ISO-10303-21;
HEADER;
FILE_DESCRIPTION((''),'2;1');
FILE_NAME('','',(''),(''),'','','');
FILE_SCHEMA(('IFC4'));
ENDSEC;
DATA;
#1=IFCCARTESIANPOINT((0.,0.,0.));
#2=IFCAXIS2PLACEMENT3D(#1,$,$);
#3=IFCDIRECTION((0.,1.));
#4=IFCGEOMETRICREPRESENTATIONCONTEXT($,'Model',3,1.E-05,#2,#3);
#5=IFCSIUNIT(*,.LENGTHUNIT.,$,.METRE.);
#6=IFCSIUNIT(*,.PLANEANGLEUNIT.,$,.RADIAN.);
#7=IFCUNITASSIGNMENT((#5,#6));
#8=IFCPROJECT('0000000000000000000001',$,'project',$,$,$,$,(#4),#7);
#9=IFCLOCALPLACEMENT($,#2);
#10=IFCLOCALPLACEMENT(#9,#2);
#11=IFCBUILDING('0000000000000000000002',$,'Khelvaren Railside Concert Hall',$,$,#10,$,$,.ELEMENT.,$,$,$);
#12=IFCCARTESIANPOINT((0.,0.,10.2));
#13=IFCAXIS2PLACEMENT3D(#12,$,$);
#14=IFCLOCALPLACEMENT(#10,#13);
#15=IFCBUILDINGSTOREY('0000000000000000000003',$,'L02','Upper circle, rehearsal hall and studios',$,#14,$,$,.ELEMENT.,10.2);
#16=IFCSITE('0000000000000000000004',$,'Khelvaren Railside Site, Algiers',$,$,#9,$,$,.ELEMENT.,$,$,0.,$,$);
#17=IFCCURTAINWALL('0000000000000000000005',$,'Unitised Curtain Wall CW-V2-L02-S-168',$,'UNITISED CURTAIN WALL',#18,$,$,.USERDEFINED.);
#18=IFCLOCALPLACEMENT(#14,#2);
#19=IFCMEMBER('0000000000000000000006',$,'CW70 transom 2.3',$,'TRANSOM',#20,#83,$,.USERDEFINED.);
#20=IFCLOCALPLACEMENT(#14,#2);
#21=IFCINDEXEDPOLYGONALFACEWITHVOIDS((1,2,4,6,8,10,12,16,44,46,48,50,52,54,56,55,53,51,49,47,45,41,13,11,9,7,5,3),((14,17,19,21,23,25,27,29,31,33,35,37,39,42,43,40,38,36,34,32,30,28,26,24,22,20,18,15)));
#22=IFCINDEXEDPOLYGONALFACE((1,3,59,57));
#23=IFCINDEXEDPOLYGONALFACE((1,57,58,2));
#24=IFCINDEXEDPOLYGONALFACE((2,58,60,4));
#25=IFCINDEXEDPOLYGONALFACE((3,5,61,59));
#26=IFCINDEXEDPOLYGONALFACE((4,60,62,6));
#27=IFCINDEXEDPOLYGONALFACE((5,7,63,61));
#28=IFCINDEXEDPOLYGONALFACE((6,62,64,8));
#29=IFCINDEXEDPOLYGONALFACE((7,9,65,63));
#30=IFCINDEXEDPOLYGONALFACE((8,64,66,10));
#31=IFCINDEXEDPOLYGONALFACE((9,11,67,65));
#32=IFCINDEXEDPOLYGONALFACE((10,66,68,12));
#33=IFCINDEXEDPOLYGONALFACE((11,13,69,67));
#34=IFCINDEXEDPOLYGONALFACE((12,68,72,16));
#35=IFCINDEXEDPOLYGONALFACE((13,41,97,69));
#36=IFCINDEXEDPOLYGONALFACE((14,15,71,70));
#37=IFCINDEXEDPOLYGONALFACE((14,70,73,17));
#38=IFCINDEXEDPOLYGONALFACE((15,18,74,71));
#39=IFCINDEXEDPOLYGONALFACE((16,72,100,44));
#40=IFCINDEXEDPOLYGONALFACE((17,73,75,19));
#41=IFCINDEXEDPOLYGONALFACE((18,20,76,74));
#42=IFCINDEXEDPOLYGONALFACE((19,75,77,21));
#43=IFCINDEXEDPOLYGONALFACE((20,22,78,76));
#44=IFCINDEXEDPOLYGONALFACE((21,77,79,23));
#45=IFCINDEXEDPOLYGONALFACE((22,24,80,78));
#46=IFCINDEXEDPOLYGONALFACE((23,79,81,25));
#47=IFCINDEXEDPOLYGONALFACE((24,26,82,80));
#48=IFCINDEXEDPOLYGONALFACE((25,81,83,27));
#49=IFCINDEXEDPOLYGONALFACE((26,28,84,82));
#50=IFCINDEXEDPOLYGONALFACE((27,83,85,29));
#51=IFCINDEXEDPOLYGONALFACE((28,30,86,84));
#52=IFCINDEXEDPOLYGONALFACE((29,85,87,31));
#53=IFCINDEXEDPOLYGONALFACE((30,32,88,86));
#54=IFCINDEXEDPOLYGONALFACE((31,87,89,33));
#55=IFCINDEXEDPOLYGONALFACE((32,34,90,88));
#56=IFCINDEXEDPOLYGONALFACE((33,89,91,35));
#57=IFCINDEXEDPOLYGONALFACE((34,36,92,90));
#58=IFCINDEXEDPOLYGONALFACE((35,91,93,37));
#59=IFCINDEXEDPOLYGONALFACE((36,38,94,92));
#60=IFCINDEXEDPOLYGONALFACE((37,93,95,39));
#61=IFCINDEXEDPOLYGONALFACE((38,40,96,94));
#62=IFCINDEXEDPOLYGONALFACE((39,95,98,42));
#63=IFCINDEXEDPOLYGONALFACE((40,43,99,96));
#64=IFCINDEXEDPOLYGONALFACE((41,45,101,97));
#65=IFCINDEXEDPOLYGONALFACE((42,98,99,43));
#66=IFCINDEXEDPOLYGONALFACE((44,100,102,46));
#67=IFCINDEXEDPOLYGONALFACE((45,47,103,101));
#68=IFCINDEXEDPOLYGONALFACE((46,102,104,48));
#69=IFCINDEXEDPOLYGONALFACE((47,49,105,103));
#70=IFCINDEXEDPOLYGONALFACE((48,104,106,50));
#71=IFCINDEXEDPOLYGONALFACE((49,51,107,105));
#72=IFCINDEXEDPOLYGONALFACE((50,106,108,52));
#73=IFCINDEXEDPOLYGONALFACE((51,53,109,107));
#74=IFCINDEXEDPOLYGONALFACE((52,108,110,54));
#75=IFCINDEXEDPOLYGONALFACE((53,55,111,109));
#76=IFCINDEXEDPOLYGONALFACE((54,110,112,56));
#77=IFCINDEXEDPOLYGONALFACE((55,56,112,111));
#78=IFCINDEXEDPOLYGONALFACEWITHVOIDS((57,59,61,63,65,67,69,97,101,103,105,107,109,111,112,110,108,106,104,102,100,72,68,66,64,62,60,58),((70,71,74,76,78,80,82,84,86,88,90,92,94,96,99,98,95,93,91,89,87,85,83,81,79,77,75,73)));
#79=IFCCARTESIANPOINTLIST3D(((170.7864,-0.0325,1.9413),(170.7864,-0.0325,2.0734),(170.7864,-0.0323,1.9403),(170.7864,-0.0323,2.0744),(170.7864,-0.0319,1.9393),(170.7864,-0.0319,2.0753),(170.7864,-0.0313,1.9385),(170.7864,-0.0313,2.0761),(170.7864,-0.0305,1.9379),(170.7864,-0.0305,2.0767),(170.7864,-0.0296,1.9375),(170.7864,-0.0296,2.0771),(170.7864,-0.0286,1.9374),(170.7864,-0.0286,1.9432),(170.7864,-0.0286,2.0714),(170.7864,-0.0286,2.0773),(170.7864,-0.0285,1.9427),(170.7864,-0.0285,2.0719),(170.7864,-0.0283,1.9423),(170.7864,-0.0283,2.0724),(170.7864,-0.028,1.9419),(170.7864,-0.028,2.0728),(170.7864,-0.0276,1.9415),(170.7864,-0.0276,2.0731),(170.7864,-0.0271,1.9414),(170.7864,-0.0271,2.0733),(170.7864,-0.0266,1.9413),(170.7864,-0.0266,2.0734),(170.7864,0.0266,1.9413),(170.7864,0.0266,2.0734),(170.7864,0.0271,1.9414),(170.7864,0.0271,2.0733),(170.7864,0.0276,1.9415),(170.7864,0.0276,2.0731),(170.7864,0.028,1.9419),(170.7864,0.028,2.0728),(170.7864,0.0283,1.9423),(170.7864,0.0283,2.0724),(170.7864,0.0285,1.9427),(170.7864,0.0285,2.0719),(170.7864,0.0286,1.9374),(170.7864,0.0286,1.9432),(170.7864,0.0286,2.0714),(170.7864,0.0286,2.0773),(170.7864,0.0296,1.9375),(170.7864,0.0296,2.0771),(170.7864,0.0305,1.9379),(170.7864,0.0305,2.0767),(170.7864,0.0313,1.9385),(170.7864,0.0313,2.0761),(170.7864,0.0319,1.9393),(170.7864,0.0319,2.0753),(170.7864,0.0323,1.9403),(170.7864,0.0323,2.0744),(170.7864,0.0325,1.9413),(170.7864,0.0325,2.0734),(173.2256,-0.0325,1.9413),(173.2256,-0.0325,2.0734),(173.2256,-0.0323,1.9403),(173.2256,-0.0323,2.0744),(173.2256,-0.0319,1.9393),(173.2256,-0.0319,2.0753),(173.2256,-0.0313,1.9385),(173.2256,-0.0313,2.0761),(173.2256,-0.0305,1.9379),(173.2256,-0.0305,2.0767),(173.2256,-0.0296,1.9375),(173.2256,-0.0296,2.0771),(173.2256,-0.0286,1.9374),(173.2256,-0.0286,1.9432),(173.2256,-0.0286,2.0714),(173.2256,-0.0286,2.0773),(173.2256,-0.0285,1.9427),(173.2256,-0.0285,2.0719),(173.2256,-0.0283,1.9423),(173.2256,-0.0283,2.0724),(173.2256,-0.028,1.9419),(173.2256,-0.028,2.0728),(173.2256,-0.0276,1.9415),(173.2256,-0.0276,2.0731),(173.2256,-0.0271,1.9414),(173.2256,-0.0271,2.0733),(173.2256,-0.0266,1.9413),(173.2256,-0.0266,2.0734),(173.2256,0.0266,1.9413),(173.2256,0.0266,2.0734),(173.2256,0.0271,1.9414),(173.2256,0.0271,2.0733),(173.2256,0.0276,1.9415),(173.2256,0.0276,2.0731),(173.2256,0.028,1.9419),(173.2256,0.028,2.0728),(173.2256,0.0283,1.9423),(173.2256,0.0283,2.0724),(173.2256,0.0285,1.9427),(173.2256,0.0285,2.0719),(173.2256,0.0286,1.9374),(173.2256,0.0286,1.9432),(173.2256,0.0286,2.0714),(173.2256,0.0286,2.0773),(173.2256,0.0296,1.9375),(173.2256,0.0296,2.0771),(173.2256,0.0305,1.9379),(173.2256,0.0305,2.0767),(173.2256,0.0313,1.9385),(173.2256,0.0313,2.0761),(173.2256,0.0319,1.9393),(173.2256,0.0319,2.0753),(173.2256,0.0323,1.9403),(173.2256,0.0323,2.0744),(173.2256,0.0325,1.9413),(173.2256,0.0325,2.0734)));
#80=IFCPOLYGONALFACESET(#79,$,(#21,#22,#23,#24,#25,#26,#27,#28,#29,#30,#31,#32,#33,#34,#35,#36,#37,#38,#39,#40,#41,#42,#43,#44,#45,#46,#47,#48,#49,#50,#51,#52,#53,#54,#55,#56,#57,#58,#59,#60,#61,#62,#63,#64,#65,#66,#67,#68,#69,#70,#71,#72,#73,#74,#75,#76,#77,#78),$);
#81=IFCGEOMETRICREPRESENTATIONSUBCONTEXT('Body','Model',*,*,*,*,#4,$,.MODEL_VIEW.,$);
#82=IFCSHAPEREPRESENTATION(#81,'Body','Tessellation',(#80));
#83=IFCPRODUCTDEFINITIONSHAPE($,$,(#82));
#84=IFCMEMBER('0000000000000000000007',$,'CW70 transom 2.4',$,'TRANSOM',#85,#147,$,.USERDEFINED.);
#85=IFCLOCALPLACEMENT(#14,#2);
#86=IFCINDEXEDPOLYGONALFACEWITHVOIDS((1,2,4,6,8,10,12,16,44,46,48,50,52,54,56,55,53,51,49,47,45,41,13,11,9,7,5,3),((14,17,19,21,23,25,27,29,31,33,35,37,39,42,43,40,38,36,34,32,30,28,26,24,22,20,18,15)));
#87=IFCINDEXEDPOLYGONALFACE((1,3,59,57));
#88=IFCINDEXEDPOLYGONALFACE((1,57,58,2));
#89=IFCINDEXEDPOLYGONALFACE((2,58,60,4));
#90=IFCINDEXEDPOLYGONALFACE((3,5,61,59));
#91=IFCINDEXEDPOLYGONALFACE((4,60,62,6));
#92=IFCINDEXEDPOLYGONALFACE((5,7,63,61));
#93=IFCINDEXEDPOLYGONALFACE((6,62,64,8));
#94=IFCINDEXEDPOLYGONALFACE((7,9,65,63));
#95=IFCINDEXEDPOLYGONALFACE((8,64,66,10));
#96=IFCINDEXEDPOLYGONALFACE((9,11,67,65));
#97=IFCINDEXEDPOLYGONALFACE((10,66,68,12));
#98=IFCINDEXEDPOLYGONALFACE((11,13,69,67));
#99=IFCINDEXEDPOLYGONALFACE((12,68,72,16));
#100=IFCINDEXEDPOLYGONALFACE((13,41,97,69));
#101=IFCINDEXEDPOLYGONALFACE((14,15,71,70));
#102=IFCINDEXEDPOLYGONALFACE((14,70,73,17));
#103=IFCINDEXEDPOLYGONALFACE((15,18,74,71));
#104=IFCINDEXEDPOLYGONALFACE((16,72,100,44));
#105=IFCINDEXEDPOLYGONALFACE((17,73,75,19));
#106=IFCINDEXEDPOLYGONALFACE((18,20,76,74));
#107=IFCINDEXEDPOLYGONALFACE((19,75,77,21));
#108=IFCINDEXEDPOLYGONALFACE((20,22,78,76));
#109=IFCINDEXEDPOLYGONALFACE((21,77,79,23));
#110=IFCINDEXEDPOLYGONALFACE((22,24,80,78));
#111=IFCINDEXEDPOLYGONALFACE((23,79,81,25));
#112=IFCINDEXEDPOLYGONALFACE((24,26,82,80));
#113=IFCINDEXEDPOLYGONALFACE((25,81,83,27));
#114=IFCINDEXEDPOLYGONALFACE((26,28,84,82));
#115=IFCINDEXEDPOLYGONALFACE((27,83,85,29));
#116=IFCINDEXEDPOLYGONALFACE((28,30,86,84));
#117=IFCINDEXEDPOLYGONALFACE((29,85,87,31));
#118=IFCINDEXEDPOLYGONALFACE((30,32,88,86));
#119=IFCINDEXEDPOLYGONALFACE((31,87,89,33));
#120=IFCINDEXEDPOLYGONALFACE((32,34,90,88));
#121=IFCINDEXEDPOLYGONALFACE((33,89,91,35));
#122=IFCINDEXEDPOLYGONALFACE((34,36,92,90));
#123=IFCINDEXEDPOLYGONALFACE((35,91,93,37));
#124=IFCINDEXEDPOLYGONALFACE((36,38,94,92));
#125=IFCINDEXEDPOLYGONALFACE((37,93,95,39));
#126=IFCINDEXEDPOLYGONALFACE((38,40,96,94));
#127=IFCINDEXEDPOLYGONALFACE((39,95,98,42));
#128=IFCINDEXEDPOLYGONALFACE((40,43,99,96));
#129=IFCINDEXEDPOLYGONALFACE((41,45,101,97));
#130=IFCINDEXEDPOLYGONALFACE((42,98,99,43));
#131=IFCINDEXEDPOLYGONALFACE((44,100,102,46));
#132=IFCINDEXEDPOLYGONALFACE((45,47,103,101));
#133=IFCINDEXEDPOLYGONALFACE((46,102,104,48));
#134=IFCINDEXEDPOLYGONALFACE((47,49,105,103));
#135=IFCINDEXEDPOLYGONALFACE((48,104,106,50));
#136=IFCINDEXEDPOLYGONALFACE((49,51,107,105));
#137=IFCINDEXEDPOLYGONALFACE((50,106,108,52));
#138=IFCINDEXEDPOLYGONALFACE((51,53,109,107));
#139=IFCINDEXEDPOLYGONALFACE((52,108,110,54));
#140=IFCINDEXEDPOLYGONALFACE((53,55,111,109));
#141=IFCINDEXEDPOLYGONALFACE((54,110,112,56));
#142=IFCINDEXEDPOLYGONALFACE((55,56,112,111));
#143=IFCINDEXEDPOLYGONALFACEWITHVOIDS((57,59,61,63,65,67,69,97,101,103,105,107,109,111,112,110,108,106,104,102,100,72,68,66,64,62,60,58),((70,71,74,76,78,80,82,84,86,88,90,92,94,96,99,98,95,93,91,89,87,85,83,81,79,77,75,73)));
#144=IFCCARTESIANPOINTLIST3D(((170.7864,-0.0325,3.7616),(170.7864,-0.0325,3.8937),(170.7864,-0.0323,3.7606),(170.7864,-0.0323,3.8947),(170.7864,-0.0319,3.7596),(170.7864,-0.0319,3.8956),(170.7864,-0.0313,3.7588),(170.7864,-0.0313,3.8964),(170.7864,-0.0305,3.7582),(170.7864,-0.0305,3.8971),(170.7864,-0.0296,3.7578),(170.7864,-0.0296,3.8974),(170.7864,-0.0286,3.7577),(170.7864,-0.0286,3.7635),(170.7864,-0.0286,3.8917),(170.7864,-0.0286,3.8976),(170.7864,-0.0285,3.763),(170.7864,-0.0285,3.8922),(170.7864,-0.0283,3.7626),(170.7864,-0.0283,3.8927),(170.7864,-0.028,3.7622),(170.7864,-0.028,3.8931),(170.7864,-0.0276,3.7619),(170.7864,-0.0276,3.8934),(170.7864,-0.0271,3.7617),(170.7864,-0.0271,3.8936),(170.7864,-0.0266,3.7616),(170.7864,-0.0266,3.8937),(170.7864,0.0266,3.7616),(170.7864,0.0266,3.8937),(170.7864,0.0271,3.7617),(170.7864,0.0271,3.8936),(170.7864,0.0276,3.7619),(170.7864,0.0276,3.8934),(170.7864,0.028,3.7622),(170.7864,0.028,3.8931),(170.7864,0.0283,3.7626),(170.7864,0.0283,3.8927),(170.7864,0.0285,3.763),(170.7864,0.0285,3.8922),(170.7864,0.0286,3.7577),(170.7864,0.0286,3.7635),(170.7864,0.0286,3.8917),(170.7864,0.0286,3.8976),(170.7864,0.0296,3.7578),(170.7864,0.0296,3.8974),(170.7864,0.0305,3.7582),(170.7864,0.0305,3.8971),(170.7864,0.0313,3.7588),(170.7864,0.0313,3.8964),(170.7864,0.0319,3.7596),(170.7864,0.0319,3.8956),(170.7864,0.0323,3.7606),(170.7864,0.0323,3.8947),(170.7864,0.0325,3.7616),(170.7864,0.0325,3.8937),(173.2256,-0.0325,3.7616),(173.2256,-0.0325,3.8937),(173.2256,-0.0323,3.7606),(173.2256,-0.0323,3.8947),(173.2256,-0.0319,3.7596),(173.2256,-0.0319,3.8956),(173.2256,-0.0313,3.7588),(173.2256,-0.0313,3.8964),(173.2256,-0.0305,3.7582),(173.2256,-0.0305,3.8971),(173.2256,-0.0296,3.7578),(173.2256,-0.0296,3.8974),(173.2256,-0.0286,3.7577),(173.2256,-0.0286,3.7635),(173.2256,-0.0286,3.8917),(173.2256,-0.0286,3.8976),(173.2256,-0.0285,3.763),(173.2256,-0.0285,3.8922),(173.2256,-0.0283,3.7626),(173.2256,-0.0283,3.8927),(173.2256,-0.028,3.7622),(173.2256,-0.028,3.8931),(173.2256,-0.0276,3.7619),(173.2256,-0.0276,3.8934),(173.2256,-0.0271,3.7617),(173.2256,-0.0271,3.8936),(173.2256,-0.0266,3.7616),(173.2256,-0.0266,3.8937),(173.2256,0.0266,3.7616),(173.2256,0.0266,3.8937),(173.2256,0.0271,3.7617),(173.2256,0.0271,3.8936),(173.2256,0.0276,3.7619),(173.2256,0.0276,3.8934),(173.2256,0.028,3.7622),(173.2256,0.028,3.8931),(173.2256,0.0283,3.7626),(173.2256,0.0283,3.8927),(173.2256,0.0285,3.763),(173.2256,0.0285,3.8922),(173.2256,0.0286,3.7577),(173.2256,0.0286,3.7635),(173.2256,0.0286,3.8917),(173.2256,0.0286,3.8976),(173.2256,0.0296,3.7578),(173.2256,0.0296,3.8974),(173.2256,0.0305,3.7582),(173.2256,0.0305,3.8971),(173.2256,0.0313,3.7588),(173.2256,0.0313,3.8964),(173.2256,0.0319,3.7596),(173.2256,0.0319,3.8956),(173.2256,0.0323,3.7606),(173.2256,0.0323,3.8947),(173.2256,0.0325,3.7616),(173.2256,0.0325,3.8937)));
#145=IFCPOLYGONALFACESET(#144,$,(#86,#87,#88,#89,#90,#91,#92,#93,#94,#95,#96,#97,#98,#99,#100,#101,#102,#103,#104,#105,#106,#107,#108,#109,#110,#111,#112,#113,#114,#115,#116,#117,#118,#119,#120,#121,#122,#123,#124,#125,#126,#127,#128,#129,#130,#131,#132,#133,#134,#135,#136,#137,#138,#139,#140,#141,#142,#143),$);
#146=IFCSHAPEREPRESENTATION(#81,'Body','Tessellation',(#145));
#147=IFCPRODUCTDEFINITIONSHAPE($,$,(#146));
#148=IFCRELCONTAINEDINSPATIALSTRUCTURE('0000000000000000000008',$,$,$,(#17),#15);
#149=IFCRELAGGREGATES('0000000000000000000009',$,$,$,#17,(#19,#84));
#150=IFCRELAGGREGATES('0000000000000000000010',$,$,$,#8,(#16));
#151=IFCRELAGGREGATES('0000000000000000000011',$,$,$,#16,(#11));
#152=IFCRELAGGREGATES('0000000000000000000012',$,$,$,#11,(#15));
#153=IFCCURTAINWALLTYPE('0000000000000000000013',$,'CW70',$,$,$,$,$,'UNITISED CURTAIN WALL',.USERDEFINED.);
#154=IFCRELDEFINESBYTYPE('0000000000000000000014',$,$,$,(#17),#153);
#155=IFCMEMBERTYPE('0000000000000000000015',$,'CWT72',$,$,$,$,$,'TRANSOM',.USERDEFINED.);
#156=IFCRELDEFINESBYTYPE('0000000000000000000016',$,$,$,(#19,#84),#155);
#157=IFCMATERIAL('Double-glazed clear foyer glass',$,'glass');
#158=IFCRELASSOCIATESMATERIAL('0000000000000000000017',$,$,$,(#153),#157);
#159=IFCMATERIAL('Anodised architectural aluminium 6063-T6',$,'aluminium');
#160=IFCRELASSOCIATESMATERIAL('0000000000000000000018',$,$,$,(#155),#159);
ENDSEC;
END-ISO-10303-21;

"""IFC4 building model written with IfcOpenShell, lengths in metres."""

from ifc_helpers import new_model, si_unit, direction, frame, origin, origin_2d, place, context, subcontext, project, spatial, hollow_rectangle, extrude, material, material_profile, profile_set, type_object, element, aggregate, save


model = new_model("IFC4")

# Units and contexts
model_context = context("Model", 3, precision=1e-05, world=origin(), true_north=direction((0.0, 1.0)))
body_context = subcontext(model_context, "Body", "Model", "MODEL_VIEW")
ifc_project = project(units=[si_unit("LENGTHUNIT", "METRE"), si_unit("PLANEANGLEUNIT", "RADIAN")], contexts=[model_context])

# Site, building, storey
site_placement = place(None, origin())
site = spatial("IfcSite", under=ifc_project, at=site_placement, Name="Khelvaren Railside Site, Algiers", CompositionType="ELEMENT", RefElevation=0.0)
building_placement = place(site_placement, origin())
building = spatial("IfcBuilding", under=site, at=building_placement, Name="Khelvaren Railside Concert Hall", CompositionType="ELEMENT")
storey_placement = place(building_placement, frame((0.0, 0.0, 10.2)))
storey = spatial("IfcBuildingStorey", under=building, at=storey_placement, Name="L02", Description="Upper circle, rehearsal hall and studios", CompositionType="ELEMENT", Elevation=10.2)

# Shared definitions
ifc_material_1 = material(Name="Double-glazed clear foyer glass", Category="glass")
ifc_material_2 = material(Name="Anodised architectural aluminium 6063-T6", Category="aluminium")

# Curtain wall
curtain_wall_type_1 = type_object("IfcCurtainWallType", Name="CW70", ElementType="UNITISED CURTAIN WALL", PredefinedType="USERDEFINED", material=ifc_material_1)
curtain_wall_1_placement = place(storey_placement, origin())
curtain_wall_1 = element("IfcCurtainWall", 1, at=curtain_wall_1_placement, inside=storey, type_object=curtain_wall_type_1, Name="Unitised Curtain Wall CW-V2-L02-S-168", ObjectType="UNITISED CURTAIN WALL", PredefinedType="USERDEFINED")

# Members
ifc_material_profile_1 = material_profile(ifc_material_2, hollow_rectangle(XDim=0.0649, YDim=0.1399, WallThickness=0.0039, InnerFilletRadius=0.002, OuterFilletRadius=0.0039, at=origin_2d()), Name="CWT 65x140x4")
ifc_profile_set_1 = profile_set([ifc_material_profile_1], Name="Anodised architectural aluminium 6063-T6")
member_type_1 = type_object("IfcMemberType", Name="CWT72", ElementType="TRANSOM", PredefinedType="USERDEFINED", material=ifc_profile_set_1)
member_1_placement = place(storey_placement, frame((173.2256, 0.0, 2.0073), z_axis=(-1.0, 0.0, 0.0), x_axis=(0.0, -1.0, 0.0)))
member_1 = element("IfcMember", 2, at=member_1_placement, type_object=member_type_1, Name="CW70 transom 2.3", ObjectType="TRANSOM", PredefinedType="USERDEFINED", context=body_context, shape_type="SweptSolid", body=[
    extrude(hollow_rectangle(XDim=0.0649, YDim=0.1399, WallThickness=0.0039, InnerFilletRadius=0.002, OuterFilletRadius=0.0039, at=origin_2d()), origin(), (0.0, 0.0, 1.0), 2.4392),
])
member_2_placement = place(storey_placement, frame((173.2256, 0.0, 3.8276), z_axis=(-1.0, 0.0, 0.0), x_axis=(0.0, -1.0, 0.0)))
member_2 = element("IfcMember", 3, at=member_2_placement, type_object=member_type_1, Name="CW70 transom 2.4", ObjectType="TRANSOM", PredefinedType="USERDEFINED", context=body_context, shape_type="SweptSolid", body=[
    extrude(hollow_rectangle(XDim=0.0649, YDim=0.1399, WallThickness=0.0039, InnerFilletRadius=0.002, OuterFilletRadius=0.0039, at=origin_2d()), origin(), (0.0, 0.0, 1.0), 2.4392),
])

aggregate(curtain_wall_1, [member_1, member_2])

save(model, "model.ifc")
